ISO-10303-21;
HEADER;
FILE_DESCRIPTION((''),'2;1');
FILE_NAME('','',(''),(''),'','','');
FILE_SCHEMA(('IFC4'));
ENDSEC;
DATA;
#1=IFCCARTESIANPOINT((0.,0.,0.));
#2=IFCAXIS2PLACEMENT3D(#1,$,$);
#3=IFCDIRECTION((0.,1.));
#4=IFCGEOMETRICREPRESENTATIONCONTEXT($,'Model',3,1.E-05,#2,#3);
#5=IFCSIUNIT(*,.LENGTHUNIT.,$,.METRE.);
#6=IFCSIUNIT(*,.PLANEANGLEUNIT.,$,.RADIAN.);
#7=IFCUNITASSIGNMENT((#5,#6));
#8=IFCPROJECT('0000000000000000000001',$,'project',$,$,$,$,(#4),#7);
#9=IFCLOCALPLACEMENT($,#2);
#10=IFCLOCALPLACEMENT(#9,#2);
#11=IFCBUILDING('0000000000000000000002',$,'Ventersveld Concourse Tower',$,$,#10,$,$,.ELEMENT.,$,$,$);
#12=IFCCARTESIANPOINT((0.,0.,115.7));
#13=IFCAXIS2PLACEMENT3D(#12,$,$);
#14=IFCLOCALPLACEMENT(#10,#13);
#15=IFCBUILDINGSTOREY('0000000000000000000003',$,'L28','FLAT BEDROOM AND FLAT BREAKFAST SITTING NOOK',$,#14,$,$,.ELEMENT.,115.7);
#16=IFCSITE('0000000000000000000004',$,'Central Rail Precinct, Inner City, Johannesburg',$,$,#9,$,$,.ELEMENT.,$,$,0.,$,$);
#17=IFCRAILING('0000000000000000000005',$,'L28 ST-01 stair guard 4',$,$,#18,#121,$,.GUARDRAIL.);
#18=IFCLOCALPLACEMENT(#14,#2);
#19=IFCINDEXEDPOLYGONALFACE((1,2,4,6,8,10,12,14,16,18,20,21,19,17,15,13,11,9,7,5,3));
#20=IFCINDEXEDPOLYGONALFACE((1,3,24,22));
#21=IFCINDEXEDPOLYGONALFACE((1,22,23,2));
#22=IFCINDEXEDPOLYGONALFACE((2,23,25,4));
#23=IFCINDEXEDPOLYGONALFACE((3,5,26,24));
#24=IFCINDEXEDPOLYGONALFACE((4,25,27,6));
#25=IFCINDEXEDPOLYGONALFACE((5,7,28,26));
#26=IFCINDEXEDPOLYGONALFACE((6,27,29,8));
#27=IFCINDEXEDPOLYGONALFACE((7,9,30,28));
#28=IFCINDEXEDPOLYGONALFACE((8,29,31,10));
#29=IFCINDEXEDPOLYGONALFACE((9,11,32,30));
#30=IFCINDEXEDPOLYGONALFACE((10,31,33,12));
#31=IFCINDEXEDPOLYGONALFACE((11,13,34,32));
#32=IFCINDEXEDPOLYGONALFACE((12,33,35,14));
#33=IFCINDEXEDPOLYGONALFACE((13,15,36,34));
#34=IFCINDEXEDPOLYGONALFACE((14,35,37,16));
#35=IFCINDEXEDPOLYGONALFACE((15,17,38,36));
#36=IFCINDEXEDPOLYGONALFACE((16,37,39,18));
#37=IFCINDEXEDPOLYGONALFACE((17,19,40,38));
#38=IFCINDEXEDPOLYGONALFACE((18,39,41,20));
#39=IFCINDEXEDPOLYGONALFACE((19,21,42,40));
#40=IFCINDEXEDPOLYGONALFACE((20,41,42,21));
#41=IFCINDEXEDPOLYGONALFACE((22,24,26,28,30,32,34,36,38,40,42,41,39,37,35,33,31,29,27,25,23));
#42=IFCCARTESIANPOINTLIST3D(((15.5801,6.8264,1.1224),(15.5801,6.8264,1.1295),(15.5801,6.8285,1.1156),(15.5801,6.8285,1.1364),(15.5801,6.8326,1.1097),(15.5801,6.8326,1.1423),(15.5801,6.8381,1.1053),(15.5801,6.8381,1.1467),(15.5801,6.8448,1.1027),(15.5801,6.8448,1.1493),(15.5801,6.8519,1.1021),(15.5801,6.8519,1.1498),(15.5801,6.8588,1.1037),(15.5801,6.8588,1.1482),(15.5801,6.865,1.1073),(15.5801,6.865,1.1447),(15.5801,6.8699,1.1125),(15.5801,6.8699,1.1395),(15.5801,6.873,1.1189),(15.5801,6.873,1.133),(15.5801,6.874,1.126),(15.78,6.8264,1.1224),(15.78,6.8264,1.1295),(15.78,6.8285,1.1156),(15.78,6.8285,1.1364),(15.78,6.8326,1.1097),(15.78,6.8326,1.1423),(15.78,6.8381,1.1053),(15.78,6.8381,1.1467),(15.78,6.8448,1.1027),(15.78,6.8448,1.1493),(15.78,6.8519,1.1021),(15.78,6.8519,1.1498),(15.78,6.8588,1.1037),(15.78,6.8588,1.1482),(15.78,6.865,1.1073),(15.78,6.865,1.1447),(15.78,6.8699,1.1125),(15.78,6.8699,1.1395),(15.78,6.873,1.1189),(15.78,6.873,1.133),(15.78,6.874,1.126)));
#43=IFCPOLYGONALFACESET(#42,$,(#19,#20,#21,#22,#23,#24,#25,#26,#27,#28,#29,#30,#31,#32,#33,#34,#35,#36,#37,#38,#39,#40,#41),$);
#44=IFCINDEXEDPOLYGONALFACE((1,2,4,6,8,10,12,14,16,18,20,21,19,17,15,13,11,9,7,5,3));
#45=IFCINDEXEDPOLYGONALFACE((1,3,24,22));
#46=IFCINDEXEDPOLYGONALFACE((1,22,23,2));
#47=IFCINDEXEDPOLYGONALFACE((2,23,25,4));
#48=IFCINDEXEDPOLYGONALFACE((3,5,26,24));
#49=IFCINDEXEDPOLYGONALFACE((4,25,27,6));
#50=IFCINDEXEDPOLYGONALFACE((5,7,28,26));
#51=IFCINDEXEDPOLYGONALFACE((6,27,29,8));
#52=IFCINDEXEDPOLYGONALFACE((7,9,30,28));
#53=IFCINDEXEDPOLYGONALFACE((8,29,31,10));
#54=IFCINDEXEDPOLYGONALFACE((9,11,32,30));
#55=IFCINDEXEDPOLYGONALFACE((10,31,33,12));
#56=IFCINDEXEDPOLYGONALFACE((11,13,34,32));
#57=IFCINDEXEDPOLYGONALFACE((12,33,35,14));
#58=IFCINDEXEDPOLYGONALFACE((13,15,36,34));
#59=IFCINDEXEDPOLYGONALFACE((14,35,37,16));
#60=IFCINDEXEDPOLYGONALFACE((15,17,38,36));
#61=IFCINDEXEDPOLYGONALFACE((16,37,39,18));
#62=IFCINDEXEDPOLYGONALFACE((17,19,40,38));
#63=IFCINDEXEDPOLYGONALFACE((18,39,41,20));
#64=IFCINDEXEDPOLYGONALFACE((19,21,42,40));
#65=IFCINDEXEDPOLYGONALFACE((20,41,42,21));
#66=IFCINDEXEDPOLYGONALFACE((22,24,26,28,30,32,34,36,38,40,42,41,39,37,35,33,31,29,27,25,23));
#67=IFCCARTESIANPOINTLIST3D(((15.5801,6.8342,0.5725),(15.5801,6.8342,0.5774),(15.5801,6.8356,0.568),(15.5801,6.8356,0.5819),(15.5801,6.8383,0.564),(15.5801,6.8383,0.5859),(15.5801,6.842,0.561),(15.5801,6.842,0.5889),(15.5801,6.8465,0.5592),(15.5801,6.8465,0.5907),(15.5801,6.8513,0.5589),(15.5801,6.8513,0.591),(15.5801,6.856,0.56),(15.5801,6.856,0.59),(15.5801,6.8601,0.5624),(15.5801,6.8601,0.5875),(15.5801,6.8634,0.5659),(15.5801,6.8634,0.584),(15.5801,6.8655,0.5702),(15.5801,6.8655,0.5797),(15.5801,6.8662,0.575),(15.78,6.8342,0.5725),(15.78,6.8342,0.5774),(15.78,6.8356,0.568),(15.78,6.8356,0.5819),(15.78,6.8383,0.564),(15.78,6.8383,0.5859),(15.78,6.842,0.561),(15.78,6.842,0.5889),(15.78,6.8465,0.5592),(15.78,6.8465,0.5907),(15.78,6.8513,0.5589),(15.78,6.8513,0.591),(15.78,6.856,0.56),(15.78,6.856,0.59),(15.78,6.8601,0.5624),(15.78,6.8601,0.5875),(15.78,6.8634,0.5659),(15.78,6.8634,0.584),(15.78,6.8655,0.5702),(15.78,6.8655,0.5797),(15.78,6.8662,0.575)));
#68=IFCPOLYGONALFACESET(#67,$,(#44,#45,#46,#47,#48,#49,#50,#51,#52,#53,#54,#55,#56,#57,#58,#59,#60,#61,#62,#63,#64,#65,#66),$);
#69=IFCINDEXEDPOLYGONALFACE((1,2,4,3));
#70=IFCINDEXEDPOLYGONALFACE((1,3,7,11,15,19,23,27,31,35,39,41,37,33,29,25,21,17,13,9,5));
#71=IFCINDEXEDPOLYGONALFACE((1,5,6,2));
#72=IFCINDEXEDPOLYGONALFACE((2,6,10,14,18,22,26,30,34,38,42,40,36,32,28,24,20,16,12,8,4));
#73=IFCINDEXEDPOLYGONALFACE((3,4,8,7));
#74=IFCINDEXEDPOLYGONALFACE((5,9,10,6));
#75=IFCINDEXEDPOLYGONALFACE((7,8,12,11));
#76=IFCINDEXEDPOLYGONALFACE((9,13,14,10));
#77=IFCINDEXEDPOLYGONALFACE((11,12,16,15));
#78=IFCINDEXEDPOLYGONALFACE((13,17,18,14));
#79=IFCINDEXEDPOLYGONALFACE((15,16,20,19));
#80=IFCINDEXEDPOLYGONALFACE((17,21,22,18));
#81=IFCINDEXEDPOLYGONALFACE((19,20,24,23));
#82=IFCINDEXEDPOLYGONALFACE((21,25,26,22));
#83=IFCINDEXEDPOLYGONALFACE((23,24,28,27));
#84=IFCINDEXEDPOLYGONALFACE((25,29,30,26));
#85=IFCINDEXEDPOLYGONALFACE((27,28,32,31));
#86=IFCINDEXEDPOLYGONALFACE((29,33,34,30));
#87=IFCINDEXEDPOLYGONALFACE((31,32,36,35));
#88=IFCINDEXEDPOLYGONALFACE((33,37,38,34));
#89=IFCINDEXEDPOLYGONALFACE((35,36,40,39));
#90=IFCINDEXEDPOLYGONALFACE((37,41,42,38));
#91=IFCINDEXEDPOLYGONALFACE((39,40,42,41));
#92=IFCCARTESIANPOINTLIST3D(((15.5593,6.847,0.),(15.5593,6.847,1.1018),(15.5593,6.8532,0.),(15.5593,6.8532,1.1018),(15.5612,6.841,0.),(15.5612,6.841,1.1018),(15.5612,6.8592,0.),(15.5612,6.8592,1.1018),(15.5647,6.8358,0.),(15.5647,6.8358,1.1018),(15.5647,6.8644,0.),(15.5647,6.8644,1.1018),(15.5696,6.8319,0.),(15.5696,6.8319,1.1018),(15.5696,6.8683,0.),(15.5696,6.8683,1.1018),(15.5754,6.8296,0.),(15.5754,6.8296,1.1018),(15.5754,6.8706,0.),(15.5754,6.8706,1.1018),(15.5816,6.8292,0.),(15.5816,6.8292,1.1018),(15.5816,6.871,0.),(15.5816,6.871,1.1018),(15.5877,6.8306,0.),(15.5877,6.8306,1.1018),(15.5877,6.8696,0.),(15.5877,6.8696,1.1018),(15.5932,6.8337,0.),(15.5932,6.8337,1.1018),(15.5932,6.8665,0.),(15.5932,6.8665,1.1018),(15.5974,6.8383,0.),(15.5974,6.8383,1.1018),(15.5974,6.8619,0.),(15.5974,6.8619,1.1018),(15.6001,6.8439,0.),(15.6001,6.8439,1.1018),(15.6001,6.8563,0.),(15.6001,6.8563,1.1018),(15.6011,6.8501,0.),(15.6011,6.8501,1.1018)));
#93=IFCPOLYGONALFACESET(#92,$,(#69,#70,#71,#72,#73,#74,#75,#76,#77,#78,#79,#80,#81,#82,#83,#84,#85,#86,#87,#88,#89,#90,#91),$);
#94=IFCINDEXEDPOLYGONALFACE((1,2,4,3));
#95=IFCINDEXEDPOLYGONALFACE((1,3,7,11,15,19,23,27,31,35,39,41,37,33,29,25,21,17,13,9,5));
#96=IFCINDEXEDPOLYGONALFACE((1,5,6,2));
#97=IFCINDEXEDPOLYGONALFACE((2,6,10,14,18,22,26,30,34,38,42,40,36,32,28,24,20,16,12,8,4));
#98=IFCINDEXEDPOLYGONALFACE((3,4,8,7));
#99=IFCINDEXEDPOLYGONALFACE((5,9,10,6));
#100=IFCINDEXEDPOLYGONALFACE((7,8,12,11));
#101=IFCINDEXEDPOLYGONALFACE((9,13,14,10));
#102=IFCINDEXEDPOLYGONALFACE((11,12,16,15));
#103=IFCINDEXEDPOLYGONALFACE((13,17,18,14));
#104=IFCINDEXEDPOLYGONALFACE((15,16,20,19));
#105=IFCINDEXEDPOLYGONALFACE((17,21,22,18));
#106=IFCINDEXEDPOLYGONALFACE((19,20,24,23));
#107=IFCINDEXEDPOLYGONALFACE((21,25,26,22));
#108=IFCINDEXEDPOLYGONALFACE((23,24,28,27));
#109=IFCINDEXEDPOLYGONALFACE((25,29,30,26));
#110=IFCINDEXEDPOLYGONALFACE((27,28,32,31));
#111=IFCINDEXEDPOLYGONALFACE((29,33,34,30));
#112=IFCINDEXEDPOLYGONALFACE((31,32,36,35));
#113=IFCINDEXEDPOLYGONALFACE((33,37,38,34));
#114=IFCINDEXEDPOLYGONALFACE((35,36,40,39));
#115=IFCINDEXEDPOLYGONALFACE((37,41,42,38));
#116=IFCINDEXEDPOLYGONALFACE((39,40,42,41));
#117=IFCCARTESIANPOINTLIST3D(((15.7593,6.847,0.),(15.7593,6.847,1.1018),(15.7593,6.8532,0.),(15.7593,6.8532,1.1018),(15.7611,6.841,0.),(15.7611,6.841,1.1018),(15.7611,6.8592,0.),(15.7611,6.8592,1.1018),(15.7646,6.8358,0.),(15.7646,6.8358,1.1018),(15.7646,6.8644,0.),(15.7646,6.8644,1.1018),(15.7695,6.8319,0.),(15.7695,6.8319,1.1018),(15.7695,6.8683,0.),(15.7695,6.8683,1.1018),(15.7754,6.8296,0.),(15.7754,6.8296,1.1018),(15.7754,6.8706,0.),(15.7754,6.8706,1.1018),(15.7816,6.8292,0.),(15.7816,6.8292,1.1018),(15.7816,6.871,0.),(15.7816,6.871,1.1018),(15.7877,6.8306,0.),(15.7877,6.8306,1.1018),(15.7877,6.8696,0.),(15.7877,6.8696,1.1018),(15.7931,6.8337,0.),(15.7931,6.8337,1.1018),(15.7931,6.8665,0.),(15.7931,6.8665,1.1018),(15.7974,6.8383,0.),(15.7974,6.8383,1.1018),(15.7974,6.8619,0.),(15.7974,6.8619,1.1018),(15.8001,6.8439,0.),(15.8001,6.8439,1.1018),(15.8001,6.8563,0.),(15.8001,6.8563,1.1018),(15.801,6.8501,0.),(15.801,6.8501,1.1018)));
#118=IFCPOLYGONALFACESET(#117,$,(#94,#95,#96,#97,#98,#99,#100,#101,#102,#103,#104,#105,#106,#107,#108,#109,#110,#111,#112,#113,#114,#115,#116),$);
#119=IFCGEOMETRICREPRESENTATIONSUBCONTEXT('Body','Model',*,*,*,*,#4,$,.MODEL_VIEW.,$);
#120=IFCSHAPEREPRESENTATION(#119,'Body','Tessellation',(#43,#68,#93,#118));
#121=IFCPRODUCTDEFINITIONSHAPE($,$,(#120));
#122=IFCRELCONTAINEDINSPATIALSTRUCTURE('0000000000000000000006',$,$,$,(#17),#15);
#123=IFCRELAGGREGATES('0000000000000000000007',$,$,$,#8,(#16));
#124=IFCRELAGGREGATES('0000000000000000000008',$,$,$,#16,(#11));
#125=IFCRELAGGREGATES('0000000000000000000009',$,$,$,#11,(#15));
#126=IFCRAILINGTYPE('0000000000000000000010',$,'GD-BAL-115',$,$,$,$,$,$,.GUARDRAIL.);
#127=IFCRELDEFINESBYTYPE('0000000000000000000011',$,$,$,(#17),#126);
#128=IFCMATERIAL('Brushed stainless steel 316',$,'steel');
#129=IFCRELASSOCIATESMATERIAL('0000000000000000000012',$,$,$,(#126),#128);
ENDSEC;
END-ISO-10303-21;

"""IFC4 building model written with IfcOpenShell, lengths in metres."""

from ifc_helpers import new_model, si_unit, direction, frame, origin, origin_2d, place, context, subcontext, project, spatial, circle, extrude, material, type_object, element, save


model = new_model("IFC4")

# Units and contexts
model_context = context("Model", 3, precision=1e-05, world=origin(), true_north=direction((0.0, 1.0)))
body_context = subcontext(model_context, "Body", "Model", "MODEL_VIEW")
ifc_project = project(units=[si_unit("LENGTHUNIT", "METRE"), si_unit("PLANEANGLEUNIT", "RADIAN")], contexts=[model_context])

# Site, building, storey
site_placement = place(None, origin())
site = spatial("IfcSite", under=ifc_project, at=site_placement, Name="Central Rail Precinct, Inner City, Johannesburg", CompositionType="ELEMENT", RefElevation=0.0)
building_placement = place(site_placement, origin())
building = spatial("IfcBuilding", under=site, at=building_placement, Name="Ventersveld Concourse Tower", CompositionType="ELEMENT")
storey_placement = place(building_placement, frame((0.0, 0.0, 115.7)))
storey = spatial("IfcBuildingStorey", under=building, at=storey_placement, Name="L28", Description="FLAT BEDROOM AND FLAT BREAKFAST SITTING NOOK", CompositionType="ELEMENT", Elevation=115.7)

# Railing
ifc_material_1 = material(Name="Brushed stainless steel 316", Category="steel")
railing_type_1 = type_object("IfcRailingType", Name="GD-BAL-115", PredefinedType="GUARDRAIL", material=ifc_material_1)
railing_1_placement = place(storey_placement, frame((15.5801, 6.8501, 0.0)))
element("IfcRailing", 1, at=railing_1_placement, inside=storey, type_object=railing_type_1, Name="L28 ST-01 stair guard 4", PredefinedType="GUARDRAIL", context=body_context, shape_type="SweptSolid", body=[
    extrude(circle(Radius=0.0239, at=origin_2d()), frame((0.0, 0.0, 1.126), z_axis=(1.0, 0.0, 0.0), x_axis=(0.0, 1.0, 0.0)), (0.0, 0.0, 1.0), 0.2),
    extrude(circle(Radius=0.0161, at=origin_2d()), frame((0.0, 0.0, 0.575), z_axis=(1.0, 0.0, 0.0), x_axis=(0.0, 1.0, 0.0)), (0.0, 0.0, 1.0), 0.2),
    extrude(circle(Radius=0.021, at=origin_2d()), origin(), (0.0, 0.0, 1.0), 1.1018),
    extrude(circle(Radius=0.021, at=origin_2d()), frame((0.2, 0.0, 0.0)), (0.0, 0.0, 1.0), 1.1018),
])

save(model, "model.ifc")
